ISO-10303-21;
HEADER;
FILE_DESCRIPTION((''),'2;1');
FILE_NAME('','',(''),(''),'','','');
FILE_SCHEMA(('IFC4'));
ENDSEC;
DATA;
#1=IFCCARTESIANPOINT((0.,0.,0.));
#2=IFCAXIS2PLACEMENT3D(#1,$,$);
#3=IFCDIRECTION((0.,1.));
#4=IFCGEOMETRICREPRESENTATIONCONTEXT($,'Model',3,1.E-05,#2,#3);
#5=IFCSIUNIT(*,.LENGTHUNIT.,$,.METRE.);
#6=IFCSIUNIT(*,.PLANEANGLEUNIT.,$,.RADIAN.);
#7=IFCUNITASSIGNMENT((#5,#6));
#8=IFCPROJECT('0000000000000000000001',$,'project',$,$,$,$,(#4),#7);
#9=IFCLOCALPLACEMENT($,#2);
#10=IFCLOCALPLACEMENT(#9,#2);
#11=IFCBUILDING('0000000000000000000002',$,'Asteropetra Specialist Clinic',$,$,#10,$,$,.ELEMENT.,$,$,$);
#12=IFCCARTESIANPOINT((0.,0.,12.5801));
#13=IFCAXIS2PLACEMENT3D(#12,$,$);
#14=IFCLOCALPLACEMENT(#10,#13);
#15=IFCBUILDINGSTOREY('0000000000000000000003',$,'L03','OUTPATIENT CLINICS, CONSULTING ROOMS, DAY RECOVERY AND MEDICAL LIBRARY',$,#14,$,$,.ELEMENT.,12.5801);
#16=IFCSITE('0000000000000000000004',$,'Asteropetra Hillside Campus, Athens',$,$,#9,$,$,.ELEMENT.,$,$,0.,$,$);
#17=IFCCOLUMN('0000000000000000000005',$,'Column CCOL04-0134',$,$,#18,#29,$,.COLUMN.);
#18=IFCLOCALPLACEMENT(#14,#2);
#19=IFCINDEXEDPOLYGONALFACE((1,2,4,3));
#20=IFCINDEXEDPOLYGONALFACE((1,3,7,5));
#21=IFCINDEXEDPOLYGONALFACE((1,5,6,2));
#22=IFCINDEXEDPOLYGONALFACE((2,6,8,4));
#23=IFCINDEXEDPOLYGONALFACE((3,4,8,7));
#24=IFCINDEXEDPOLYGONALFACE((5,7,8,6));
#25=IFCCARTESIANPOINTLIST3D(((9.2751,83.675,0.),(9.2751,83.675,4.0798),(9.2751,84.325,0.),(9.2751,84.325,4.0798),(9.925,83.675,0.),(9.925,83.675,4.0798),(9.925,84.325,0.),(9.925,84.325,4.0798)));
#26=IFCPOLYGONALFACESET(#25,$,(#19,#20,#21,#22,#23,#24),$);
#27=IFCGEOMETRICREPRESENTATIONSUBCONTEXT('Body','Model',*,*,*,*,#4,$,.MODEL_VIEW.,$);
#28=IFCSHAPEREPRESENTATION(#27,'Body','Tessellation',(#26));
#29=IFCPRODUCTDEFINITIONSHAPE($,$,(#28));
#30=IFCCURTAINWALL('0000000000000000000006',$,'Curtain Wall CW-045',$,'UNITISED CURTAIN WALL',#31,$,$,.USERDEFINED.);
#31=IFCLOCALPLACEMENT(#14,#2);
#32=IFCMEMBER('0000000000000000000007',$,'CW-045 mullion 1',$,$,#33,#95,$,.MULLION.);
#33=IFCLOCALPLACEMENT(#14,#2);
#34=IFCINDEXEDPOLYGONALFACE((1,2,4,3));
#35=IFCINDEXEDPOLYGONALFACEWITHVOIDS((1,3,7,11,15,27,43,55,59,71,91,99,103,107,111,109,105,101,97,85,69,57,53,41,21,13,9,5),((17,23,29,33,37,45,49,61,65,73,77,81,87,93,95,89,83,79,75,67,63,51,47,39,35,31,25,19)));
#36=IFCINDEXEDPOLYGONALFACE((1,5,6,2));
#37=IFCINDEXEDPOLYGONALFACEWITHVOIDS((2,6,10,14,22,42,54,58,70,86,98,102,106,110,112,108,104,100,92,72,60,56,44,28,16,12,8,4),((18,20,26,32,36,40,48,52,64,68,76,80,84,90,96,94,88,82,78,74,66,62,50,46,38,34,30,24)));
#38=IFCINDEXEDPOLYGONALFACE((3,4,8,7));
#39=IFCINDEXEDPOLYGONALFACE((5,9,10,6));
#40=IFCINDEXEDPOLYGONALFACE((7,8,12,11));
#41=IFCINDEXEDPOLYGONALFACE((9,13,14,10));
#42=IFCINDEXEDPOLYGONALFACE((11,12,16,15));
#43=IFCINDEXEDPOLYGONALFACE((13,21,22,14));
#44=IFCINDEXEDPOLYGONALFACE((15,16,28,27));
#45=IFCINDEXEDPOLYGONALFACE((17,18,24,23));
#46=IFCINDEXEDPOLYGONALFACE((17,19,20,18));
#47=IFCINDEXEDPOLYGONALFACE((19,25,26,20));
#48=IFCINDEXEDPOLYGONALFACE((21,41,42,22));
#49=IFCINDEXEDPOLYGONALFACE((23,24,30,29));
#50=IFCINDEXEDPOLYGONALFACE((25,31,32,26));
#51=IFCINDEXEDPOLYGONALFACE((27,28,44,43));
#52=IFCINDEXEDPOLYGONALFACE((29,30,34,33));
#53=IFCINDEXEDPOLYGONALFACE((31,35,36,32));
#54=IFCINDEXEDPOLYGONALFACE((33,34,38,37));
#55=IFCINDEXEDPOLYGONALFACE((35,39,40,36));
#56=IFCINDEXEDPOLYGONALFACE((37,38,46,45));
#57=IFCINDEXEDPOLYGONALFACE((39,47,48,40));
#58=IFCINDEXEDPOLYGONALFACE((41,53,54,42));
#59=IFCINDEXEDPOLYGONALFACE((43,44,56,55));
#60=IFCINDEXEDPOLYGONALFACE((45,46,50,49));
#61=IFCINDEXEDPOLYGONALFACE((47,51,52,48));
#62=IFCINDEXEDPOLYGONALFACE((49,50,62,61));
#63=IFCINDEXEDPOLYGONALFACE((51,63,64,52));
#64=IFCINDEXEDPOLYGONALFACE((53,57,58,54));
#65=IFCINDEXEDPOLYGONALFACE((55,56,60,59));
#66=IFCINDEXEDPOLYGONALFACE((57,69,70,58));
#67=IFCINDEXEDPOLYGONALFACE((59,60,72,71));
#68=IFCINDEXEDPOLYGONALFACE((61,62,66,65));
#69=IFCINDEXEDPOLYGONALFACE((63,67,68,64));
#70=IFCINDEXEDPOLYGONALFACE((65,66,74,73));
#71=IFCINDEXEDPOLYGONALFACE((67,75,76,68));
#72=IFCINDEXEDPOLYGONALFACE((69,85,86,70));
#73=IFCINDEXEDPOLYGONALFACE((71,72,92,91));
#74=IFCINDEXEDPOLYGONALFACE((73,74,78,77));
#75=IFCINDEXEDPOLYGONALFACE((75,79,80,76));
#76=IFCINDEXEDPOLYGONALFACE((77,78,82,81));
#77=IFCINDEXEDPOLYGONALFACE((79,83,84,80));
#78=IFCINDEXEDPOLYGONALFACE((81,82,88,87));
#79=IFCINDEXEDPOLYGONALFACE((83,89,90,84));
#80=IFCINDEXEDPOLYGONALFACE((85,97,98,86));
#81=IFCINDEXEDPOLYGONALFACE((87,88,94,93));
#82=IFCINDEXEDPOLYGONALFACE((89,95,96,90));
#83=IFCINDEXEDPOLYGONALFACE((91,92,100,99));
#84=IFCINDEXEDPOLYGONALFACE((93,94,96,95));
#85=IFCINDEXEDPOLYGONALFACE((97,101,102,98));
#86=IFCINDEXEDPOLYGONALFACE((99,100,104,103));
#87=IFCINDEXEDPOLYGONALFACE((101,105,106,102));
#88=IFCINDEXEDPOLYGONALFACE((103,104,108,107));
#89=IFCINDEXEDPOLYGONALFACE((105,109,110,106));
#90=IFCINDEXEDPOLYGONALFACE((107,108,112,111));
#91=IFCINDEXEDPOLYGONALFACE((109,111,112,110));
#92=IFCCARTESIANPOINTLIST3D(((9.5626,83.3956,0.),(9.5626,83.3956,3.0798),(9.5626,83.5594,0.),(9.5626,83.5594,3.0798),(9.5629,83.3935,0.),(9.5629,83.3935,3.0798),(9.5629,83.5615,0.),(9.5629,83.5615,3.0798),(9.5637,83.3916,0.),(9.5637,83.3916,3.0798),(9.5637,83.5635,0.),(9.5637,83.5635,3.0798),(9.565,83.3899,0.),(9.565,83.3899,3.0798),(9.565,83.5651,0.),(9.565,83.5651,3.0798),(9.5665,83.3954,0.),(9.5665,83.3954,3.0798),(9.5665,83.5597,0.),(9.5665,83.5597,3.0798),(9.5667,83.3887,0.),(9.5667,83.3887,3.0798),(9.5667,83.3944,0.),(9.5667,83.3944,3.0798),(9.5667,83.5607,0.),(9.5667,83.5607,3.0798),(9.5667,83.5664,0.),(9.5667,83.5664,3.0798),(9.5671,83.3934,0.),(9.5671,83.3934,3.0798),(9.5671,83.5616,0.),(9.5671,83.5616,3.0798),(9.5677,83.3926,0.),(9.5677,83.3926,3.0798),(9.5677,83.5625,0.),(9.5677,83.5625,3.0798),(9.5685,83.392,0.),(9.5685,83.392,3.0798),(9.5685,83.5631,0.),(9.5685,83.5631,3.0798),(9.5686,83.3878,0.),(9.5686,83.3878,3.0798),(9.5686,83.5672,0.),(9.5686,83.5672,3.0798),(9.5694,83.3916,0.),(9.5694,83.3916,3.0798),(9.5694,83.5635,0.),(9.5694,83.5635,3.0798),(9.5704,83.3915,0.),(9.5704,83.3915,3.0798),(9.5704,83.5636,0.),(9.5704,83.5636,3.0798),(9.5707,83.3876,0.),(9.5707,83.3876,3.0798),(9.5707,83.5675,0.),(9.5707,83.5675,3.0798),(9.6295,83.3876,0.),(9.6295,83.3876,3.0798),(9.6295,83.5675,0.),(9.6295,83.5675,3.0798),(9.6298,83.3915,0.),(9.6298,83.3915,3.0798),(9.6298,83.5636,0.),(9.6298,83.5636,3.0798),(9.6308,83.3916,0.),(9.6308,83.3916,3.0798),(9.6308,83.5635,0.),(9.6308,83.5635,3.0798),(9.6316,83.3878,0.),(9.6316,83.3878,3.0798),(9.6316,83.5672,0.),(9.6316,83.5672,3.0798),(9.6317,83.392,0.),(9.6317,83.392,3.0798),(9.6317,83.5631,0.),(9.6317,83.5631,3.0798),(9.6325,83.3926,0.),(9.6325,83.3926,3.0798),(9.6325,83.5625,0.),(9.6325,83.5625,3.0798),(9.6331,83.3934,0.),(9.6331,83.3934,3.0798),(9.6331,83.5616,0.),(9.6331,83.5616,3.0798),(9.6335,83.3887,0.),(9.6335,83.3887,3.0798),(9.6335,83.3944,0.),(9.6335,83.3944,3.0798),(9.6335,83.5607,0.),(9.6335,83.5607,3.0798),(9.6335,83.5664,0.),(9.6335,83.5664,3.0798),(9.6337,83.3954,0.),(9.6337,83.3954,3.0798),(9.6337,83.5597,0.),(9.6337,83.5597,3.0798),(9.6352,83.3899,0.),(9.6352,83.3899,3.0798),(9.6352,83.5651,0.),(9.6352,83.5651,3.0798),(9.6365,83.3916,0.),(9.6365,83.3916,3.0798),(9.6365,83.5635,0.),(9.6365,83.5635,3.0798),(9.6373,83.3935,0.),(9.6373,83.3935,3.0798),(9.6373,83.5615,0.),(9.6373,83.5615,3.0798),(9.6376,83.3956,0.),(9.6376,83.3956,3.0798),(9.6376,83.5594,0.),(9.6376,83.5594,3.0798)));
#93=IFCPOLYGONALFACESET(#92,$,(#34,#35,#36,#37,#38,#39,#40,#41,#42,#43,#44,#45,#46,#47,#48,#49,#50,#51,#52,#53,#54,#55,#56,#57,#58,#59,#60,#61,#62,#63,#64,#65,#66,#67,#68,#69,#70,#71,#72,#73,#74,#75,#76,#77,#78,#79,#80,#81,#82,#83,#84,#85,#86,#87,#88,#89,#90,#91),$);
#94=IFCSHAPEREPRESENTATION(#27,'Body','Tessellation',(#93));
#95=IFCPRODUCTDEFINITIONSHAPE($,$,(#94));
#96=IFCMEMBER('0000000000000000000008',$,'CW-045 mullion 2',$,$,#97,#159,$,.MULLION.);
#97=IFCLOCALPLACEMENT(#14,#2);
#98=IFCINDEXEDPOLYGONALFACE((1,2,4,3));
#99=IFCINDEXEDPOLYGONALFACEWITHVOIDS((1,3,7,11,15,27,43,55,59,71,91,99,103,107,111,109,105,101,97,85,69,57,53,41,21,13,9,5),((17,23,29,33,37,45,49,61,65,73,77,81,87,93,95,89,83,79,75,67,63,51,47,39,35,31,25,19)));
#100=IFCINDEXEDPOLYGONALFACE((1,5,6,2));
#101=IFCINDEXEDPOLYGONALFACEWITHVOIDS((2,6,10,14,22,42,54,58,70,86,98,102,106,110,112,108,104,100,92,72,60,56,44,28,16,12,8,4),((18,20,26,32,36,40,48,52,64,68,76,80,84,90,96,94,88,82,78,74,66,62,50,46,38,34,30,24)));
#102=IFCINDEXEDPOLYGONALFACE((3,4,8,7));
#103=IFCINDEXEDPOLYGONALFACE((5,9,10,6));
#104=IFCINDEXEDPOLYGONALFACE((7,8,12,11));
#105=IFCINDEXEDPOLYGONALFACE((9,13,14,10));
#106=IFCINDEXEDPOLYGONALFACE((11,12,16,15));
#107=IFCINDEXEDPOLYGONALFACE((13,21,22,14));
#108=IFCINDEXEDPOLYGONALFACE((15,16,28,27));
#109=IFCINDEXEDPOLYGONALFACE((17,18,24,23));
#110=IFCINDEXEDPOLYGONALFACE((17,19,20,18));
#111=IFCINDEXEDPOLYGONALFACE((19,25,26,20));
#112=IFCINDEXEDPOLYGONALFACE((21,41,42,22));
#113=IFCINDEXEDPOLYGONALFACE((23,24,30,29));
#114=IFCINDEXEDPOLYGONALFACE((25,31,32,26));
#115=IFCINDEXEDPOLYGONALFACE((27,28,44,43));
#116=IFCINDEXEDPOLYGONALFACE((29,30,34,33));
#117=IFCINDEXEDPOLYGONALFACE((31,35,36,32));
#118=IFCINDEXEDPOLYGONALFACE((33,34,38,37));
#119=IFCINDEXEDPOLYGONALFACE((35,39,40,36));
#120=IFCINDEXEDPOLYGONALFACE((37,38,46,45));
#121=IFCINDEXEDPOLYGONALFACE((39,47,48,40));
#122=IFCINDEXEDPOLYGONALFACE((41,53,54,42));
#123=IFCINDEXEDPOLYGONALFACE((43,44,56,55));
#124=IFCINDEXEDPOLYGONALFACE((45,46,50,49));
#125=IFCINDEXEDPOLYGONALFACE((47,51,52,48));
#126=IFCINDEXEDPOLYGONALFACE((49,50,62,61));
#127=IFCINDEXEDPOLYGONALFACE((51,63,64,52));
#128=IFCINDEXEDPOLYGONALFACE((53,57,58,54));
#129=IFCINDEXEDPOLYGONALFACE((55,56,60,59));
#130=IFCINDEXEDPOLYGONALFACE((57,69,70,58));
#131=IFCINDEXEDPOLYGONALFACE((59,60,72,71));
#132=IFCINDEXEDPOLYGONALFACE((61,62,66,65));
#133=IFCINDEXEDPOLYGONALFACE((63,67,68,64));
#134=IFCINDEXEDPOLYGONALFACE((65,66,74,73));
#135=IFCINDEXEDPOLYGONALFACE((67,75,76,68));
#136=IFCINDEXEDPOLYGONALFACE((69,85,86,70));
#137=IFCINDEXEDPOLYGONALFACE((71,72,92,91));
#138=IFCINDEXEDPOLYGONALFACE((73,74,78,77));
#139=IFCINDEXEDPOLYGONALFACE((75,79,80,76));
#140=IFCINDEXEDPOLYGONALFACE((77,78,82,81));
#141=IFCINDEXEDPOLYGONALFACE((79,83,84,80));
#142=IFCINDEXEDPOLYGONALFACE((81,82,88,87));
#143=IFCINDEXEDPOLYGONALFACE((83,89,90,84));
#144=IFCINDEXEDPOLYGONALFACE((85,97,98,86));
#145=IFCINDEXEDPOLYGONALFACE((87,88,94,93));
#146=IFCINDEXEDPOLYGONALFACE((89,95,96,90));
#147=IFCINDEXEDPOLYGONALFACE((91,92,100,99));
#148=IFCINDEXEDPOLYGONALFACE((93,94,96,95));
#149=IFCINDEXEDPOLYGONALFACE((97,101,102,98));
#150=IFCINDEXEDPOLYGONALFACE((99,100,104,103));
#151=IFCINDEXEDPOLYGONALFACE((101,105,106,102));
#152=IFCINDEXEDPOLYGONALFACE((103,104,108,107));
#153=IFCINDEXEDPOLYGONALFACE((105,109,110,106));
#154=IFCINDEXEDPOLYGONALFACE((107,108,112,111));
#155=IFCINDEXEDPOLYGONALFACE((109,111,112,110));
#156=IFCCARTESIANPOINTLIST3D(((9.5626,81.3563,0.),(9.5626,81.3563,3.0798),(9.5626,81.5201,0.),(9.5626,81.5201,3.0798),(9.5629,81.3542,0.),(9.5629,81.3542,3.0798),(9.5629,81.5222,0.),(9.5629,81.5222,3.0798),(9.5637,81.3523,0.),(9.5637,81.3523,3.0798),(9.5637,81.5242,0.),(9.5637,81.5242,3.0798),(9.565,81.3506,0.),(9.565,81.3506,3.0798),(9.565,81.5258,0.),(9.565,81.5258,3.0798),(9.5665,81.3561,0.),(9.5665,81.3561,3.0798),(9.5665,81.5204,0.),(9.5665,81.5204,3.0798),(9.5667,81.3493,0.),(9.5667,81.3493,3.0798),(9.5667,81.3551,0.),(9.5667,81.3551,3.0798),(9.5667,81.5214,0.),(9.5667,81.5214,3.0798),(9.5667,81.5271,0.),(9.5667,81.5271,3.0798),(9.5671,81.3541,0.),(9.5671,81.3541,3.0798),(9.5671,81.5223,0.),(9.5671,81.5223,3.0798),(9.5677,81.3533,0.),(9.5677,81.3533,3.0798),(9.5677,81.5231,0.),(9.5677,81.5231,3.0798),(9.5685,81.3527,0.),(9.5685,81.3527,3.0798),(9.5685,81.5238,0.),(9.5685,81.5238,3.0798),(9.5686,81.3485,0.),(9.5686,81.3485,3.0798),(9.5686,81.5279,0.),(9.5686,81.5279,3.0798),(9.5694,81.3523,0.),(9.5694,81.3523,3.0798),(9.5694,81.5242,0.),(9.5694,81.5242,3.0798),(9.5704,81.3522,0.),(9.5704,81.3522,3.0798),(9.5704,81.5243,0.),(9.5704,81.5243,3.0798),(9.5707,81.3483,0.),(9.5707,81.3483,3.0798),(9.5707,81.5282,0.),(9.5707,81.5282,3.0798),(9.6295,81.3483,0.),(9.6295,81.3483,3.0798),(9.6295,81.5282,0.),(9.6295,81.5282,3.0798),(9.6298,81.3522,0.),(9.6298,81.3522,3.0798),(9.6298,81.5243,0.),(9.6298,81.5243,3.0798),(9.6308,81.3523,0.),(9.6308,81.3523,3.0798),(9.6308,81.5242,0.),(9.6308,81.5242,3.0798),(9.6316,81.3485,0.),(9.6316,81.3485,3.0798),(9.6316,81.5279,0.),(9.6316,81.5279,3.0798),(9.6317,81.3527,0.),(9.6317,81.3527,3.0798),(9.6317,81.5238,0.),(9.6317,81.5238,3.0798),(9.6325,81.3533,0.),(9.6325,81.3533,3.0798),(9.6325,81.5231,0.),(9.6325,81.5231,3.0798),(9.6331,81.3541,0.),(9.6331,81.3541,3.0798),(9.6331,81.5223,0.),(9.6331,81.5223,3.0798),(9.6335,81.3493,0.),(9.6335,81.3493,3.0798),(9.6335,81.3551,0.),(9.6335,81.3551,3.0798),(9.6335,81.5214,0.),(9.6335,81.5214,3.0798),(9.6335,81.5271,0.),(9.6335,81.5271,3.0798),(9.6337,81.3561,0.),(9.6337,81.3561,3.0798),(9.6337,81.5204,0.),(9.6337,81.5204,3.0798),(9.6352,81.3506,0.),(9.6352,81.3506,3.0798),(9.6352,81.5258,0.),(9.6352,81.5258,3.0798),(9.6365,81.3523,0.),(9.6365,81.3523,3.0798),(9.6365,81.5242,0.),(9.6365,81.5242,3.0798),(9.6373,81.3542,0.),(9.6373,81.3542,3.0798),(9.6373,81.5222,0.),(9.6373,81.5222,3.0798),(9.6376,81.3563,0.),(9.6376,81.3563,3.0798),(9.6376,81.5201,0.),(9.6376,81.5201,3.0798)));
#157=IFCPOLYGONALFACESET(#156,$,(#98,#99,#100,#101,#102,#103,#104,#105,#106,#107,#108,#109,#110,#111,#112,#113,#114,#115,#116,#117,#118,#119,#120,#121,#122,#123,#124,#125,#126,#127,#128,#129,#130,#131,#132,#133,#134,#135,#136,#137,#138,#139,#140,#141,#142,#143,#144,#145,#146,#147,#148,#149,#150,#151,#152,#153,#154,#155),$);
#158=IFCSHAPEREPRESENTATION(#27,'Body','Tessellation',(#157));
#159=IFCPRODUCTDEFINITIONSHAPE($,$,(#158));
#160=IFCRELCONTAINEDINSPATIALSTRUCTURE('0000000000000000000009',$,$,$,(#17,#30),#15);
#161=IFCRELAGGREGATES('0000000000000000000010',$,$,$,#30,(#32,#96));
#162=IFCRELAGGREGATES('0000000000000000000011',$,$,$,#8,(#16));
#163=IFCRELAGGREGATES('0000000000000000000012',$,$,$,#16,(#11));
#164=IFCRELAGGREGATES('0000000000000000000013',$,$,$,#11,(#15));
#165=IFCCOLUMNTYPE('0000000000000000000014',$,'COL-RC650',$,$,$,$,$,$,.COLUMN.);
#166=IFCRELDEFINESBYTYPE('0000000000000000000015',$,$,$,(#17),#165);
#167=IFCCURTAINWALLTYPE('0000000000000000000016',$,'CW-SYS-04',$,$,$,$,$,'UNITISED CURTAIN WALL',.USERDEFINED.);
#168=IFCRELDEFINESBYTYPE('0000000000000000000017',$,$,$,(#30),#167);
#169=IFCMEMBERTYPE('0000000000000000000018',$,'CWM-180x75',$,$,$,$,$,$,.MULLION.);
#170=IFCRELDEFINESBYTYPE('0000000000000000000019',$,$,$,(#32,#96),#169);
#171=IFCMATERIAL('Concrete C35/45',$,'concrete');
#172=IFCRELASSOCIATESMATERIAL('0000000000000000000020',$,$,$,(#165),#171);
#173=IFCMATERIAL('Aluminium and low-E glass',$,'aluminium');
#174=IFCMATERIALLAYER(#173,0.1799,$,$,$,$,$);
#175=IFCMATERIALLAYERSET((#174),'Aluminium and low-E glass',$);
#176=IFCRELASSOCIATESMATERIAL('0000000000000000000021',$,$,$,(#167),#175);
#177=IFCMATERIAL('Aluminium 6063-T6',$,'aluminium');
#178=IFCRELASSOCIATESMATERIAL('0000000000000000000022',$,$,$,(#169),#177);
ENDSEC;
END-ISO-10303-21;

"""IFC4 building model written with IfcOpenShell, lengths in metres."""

from ifc_helpers import new_model, si_unit, direction, frame, origin, origin_2d, place, context, subcontext, project, spatial, rectangle, hollow_rectangle, extrude, material, layer, layer_set, material_profile, profile_set, type_object, element, aggregate, save


model = new_model("IFC4")

# Units and contexts
model_context = context("Model", 3, precision=1e-05, world=origin(), true_north=direction((0.0, 1.0)))
body_context = subcontext(model_context, "Body", "Model", "MODEL_VIEW")
ifc_project = project(units=[si_unit("LENGTHUNIT", "METRE"), si_unit("PLANEANGLEUNIT", "RADIAN")], contexts=[model_context])

# Site, building, storey
site_placement = place(None, origin())
site = spatial("IfcSite", under=ifc_project, at=site_placement, Name="Asteropetra Hillside Campus, Athens", CompositionType="ELEMENT", RefElevation=0.0)
building_placement = place(site_placement, origin())
building = spatial("IfcBuilding", under=site, at=building_placement, Name="Asteropetra Specialist Clinic", CompositionType="ELEMENT")
storey_placement = place(building_placement, frame((0.0, 0.0, 12.5801)))
storey = spatial("IfcBuildingStorey", under=building, at=storey_placement, Name="L03", Description="OUTPATIENT CLINICS, CONSULTING ROOMS, DAY RECOVERY AND MEDICAL LIBRARY", CompositionType="ELEMENT", Elevation=12.5801)

# Column
ifc_material_1 = material(Name="Concrete C35/45", Category="concrete")
ifc_material_profile_1 = material_profile(ifc_material_1, rectangle(XDim=0.6499, YDim=0.6499, at=origin_2d()), Name="RC 650x650")
ifc_profile_set_1 = profile_set([ifc_material_profile_1], Name="Concrete C35/45")
column_type = type_object("IfcColumnType", Name="COL-RC650", PredefinedType="COLUMN", material=ifc_profile_set_1)
column_placement = place(storey_placement, frame((9.6001, 84.0, 0.0), z_axis=(0.0, 0.0, 1.0), x_axis=(1.0, 0.0, 0.0)))
element("IfcColumn", 1, at=column_placement, inside=storey, type_object=column_type, Name="Column CCOL04-0134", PredefinedType="COLUMN", context=body_context, shape_type="SweptSolid", body=[
    extrude(rectangle(XDim=0.6499, YDim=0.6499, at=origin_2d()), origin(), (0.0, 0.0, 1.0), 4.0798),
])

# Curtain wall, members
ifc_material_2 = material(Name="Aluminium and low-E glass", Category="aluminium")
ifc_layer_1 = layer(ifc_material_2, 0.1799)
ifc_layer_set_1 = layer_set([ifc_layer_1], Name="Aluminium and low-E glass")
curtain_wall_type = type_object("IfcCurtainWallType", Name="CW-SYS-04", ElementType="UNITISED CURTAIN WALL", PredefinedType="USERDEFINED", material=ifc_layer_set_1)
curtain_wall_placement = place(storey_placement, origin())
curtain_wall = element("IfcCurtainWall", 2, at=curtain_wall_placement, inside=storey, type_object=curtain_wall_type, Name="Curtain Wall CW-045", ObjectType="UNITISED CURTAIN WALL", PredefinedType="USERDEFINED")
ifc_material_3 = material(Name="Aluminium 6063-T6", Category="aluminium")
ifc_material_profile_2 = material_profile(ifc_material_3, hollow_rectangle(XDim=0.075, YDim=0.1799, WallThickness=0.0039, InnerFilletRadius=0.0039, OuterFilletRadius=0.0081, at=origin_2d()), Name="MUL 180x75x4.0")
ifc_profile_set_2 = profile_set([ifc_material_profile_2], Name="Aluminium 6063-T6")
member_type_1 = type_object("IfcMemberType", Name="CWM-180x75", PredefinedType="MULLION", material=ifc_profile_set_2)
member_1_placement = place(storey_placement, frame((9.6001, 83.4775, 0.0), z_axis=(0.0, 0.0, 1.0), x_axis=(1.0, 0.0, 0.0)))
member_1 = element("IfcMember", 3, at=member_1_placement, type_object=member_type_1, Name="CW-045 mullion 1", PredefinedType="MULLION", context=body_context, shape_type="SweptSolid", body=[
    extrude(hollow_rectangle(XDim=0.075, YDim=0.1799, WallThickness=0.0039, InnerFilletRadius=0.0039, OuterFilletRadius=0.0081, at=origin_2d()), origin(), (0.0, 0.0, 1.0), 3.0798),
])
member_2_placement = place(storey_placement, frame((9.6001, 81.4382, 0.0), z_axis=(0.0, 0.0, 1.0), x_axis=(1.0, 0.0, 0.0)))
member_2 = element("IfcMember", 4, at=member_2_placement, type_object=member_type_1, Name="CW-045 mullion 2", PredefinedType="MULLION", context=body_context, shape_type="SweptSolid", body=[
    extrude(hollow_rectangle(XDim=0.075, YDim=0.1799, WallThickness=0.0039, InnerFilletRadius=0.0039, OuterFilletRadius=0.0081, at=origin_2d()), origin(), (0.0, 0.0, 1.0), 3.0798),
])
aggregate(curtain_wall, [member_1, member_2])

save(model, "model.ifc")
